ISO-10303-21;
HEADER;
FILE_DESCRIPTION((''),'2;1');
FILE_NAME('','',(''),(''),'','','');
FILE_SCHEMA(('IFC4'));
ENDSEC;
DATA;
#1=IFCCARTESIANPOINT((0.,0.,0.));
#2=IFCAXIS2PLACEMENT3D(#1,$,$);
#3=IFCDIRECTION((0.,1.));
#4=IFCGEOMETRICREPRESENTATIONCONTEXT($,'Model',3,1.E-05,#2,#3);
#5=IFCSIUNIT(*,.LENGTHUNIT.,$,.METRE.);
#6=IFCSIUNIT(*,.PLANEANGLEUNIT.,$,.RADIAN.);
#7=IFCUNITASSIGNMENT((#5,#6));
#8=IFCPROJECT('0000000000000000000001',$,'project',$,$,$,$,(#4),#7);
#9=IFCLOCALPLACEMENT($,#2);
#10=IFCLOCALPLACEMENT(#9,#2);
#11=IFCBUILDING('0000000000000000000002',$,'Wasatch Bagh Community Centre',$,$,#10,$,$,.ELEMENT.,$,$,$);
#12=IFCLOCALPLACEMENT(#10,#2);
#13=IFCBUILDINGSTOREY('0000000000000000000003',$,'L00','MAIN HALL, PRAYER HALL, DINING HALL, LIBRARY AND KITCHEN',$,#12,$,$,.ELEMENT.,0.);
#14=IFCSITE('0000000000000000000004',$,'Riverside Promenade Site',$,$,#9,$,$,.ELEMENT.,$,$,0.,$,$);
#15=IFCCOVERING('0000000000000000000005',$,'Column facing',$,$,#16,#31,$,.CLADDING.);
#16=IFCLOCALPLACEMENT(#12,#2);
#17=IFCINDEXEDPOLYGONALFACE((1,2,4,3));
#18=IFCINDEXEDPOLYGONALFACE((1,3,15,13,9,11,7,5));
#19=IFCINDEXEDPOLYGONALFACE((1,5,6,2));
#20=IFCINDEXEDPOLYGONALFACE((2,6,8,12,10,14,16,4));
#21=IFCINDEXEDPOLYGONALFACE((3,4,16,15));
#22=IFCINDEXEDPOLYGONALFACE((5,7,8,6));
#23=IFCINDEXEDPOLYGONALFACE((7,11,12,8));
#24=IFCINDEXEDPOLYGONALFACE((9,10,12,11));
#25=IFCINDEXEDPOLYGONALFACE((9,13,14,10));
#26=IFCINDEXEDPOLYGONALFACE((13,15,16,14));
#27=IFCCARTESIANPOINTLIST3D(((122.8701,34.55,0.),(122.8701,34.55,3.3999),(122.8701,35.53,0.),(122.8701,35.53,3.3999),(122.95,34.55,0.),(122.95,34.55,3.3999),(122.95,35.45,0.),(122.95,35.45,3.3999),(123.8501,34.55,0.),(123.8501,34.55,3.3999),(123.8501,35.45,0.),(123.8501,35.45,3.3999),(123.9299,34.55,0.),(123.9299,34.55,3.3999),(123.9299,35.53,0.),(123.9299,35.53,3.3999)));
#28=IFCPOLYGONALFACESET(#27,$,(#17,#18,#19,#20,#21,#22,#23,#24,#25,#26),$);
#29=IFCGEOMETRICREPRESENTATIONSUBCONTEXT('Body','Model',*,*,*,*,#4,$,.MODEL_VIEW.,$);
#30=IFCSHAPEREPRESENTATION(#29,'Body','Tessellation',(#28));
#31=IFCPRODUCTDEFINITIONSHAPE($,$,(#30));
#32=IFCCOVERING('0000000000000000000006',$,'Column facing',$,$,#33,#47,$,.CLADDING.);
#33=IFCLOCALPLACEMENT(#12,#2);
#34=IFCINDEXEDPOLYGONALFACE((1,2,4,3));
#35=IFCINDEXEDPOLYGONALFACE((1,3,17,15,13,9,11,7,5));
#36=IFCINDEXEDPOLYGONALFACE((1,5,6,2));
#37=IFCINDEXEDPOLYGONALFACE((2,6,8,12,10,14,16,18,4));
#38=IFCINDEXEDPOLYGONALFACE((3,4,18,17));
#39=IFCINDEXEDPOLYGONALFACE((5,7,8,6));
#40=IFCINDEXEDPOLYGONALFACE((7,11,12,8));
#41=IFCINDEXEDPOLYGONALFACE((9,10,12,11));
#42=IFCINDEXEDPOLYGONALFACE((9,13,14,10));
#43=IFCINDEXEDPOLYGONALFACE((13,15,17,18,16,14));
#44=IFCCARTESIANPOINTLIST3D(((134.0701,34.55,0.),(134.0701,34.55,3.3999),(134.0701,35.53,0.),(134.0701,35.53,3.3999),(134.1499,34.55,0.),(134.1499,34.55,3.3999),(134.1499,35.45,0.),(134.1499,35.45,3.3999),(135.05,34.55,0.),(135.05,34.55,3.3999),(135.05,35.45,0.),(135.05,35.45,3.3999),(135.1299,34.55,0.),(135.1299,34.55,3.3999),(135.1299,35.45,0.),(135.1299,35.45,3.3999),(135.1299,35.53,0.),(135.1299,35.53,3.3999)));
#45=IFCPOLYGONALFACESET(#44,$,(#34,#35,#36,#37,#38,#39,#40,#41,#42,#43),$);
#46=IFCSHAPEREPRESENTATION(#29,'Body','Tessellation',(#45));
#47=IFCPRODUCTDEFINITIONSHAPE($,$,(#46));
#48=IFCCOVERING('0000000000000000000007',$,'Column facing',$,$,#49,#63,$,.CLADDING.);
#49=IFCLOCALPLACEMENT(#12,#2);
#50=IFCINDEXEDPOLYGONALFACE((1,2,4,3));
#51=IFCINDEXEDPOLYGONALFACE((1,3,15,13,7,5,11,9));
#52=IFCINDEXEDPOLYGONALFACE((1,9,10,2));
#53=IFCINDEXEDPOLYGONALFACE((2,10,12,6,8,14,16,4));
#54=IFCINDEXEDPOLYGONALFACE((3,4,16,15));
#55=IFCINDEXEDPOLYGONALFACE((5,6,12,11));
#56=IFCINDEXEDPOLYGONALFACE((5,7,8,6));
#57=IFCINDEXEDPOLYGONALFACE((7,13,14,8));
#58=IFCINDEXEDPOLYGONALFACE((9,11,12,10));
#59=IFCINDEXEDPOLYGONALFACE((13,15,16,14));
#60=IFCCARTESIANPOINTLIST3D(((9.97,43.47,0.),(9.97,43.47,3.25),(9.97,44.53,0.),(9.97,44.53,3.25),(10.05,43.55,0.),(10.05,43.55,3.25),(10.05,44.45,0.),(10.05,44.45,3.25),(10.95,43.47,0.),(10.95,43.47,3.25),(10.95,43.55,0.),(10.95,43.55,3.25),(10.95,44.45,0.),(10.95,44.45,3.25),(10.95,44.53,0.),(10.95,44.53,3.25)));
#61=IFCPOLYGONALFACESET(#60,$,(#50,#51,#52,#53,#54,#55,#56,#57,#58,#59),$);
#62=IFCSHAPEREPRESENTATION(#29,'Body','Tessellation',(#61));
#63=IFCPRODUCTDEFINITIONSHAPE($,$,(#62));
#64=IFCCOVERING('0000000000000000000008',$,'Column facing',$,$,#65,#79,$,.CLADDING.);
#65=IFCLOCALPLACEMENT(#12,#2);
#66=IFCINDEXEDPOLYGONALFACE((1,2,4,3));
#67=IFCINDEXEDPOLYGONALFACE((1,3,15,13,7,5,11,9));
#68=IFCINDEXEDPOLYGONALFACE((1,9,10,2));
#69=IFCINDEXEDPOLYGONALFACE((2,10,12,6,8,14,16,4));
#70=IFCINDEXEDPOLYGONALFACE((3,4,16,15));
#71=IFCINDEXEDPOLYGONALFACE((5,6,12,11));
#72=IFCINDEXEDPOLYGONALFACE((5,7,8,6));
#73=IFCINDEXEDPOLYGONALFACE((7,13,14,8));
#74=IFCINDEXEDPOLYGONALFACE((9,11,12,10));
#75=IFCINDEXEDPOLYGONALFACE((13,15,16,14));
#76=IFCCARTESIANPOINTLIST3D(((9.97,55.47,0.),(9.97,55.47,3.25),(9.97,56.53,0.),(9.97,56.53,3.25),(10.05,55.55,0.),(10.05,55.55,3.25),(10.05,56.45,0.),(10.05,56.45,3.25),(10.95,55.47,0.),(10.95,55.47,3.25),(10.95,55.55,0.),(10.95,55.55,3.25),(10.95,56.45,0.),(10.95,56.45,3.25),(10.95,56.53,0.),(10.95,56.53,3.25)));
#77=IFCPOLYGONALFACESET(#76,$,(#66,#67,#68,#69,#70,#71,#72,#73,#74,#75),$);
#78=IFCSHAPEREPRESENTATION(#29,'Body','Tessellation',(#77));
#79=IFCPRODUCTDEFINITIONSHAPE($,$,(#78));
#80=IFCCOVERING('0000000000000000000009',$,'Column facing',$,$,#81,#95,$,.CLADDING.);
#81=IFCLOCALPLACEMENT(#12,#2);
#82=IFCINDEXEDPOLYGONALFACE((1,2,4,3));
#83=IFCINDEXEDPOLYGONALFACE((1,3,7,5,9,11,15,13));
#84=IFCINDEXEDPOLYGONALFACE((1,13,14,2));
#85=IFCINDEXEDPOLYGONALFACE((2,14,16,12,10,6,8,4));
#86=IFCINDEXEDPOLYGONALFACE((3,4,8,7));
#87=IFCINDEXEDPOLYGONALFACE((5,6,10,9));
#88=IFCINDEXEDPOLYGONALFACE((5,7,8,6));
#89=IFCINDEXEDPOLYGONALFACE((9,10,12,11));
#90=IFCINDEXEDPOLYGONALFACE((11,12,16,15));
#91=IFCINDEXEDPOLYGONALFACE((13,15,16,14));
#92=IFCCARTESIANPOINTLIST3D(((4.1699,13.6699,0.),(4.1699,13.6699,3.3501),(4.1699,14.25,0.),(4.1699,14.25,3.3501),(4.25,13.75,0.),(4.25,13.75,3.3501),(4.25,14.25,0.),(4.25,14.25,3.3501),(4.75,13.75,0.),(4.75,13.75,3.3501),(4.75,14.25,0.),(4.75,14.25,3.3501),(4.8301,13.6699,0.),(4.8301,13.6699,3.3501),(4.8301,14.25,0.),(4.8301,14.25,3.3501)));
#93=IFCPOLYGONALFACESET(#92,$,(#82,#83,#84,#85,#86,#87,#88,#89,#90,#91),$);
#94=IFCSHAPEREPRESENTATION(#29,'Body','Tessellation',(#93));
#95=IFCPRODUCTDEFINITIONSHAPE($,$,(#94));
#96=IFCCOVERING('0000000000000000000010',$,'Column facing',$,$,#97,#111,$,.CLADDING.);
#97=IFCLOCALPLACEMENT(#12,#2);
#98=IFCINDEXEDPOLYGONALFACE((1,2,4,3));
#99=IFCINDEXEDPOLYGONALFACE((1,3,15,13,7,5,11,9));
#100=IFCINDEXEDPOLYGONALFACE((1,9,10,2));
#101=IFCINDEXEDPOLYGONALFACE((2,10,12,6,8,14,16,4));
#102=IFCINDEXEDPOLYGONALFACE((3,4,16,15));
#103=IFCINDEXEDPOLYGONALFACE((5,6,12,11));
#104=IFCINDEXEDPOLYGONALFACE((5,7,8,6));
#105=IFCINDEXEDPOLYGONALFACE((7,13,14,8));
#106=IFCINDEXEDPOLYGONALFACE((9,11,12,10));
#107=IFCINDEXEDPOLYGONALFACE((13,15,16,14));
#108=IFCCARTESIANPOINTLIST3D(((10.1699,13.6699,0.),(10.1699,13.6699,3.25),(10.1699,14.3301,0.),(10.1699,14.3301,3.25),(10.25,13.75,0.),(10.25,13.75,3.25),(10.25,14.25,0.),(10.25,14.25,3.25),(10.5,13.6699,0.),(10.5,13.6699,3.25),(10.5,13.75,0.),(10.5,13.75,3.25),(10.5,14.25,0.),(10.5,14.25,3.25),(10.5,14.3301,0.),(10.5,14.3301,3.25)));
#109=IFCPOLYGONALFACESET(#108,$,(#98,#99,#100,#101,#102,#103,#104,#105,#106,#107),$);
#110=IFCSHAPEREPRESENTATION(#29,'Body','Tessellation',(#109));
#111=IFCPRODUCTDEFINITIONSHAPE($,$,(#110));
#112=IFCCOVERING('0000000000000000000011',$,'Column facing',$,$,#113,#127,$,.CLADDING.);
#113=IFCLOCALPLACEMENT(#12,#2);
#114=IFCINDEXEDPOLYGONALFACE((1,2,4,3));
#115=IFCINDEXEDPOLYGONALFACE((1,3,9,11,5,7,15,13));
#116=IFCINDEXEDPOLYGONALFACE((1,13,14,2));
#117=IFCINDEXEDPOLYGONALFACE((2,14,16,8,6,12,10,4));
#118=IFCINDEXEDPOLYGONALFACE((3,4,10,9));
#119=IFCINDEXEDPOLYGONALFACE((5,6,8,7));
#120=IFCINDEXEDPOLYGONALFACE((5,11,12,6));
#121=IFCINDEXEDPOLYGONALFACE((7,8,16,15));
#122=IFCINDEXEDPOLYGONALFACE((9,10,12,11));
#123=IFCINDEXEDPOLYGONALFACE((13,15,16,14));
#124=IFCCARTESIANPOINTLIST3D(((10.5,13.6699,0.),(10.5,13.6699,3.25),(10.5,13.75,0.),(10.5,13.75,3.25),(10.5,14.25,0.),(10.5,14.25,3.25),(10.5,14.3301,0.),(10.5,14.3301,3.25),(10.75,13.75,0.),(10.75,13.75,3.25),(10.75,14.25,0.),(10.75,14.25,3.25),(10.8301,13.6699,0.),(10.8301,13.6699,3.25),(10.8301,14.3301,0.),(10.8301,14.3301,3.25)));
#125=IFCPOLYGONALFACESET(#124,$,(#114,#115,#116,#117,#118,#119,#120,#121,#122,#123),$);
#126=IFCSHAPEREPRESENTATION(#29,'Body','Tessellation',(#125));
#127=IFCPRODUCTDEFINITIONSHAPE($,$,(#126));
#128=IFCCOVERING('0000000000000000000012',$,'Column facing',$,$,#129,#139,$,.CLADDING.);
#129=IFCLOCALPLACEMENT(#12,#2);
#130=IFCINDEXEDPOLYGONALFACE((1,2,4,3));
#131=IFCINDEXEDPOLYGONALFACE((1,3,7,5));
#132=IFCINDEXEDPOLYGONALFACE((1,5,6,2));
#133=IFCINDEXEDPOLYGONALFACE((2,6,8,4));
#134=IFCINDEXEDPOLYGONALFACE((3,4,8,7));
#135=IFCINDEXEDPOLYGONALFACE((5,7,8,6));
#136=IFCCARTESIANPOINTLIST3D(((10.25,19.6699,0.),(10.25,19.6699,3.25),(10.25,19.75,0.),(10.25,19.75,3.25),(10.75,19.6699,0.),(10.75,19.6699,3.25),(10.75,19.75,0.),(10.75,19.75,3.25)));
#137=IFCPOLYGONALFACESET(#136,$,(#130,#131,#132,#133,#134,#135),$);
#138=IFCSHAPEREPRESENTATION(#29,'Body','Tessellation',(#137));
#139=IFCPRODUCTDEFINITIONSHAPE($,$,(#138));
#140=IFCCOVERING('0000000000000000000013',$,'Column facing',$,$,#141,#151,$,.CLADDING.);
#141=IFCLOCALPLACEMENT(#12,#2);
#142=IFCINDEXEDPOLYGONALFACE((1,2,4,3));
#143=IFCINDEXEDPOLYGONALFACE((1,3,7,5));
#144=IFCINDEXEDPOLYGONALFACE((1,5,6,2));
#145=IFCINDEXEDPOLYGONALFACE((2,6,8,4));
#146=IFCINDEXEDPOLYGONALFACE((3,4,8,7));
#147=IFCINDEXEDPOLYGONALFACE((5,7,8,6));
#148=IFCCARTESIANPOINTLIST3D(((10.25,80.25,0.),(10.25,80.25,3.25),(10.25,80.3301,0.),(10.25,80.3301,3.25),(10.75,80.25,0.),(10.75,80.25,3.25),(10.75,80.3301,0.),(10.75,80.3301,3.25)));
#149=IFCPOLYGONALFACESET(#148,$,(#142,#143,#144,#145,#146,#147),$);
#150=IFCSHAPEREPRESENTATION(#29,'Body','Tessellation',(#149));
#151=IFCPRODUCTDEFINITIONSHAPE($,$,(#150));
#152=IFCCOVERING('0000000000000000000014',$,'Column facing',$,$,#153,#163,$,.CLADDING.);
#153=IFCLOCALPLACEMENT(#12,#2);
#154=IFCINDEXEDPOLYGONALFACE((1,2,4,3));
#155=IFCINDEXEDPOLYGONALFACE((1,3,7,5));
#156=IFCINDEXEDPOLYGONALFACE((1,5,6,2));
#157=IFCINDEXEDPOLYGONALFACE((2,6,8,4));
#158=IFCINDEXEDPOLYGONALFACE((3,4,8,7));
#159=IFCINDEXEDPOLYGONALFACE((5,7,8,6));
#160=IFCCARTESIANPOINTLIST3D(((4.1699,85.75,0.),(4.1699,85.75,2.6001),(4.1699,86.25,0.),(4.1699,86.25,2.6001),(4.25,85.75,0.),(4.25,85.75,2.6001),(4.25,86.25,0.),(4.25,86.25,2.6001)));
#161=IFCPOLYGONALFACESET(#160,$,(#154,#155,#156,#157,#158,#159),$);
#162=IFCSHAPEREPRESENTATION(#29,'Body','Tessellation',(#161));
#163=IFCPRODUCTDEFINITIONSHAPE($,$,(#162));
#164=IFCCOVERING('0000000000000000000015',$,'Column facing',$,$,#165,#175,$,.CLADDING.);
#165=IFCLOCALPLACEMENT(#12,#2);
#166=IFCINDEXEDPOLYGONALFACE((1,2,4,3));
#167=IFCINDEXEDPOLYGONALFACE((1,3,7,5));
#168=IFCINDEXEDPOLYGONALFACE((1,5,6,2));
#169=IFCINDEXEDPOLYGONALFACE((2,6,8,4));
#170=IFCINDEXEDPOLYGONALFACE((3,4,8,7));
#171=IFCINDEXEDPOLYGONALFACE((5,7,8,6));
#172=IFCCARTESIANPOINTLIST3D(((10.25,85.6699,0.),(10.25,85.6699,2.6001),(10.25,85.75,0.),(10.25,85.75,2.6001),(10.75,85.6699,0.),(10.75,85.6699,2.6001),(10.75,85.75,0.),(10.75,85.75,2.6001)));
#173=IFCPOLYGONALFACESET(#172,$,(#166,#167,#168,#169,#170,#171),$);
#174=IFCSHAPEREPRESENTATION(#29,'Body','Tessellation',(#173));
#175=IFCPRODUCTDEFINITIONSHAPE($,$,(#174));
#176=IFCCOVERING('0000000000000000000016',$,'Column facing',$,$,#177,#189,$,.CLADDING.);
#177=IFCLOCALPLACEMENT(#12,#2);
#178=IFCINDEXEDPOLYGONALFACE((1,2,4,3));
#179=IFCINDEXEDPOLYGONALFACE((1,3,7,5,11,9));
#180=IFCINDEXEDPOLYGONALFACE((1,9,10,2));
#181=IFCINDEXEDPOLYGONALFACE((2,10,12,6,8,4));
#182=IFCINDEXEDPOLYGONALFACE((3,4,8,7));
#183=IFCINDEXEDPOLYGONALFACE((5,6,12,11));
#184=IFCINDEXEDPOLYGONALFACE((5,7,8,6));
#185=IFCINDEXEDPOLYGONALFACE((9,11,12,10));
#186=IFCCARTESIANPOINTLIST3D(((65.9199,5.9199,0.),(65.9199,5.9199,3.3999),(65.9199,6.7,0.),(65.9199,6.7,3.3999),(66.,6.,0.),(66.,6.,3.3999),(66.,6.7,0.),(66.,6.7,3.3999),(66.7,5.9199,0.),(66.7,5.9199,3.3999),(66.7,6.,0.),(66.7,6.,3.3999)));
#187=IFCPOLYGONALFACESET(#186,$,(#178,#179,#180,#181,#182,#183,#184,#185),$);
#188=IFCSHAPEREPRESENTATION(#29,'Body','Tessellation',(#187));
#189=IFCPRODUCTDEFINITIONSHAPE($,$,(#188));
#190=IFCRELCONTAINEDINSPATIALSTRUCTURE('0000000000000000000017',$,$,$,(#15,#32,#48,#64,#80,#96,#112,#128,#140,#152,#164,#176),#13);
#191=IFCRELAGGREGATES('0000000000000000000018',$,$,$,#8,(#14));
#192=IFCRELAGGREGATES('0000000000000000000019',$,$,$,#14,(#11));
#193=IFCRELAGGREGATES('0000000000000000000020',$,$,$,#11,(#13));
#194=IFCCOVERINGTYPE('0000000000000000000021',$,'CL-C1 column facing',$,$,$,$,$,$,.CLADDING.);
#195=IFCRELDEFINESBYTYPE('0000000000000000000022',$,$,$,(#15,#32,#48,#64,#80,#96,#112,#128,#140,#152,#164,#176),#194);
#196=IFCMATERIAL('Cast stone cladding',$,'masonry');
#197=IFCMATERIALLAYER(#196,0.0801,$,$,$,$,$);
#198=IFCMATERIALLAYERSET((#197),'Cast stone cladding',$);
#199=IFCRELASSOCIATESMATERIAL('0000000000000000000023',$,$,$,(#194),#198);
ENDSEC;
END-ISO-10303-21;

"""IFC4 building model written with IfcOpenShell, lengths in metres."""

from ifc_helpers import new_model, si_unit, direction, origin, place, context, subcontext, project, spatial, polyline, outline, extrude, material, layer, layer_set, type_object, element, save


model = new_model("IFC4")

# Units and contexts
model_context = context("Model", 3, precision=1e-05, world=origin(), true_north=direction((0.0, 1.0)))
body_context = subcontext(model_context, "Body", "Model", "MODEL_VIEW")
ifc_project = project(units=[si_unit("LENGTHUNIT", "METRE"), si_unit("PLANEANGLEUNIT", "RADIAN")], contexts=[model_context])

# Site, building, storey
site_placement = place(None, origin())
site = spatial("IfcSite", under=ifc_project, at=site_placement, Name="Riverside Promenade Site", CompositionType="ELEMENT", RefElevation=0.0)
building_placement = place(site_placement, origin())
building = spatial("IfcBuilding", under=site, at=building_placement, Name="Wasatch Bagh Community Centre", CompositionType="ELEMENT")
storey_placement = place(building_placement, origin())
storey = spatial("IfcBuildingStorey", under=building, at=storey_placement, Name="L00", Description="MAIN HALL, PRAYER HALL, DINING HALL, LIBRARY AND KITCHEN", CompositionType="ELEMENT", Elevation=0.0)

# Coverings
ifc_material = material(Name="Cast stone cladding", Category="masonry")
ifc_layer = layer(ifc_material, 0.0801)
ifc_layer_set = layer_set([ifc_layer], Name="Cast stone cladding")
covering_type = type_object("IfcCoveringType", Name="CL-C1 column facing", PredefinedType="CLADDING", material=ifc_layer_set)
covering_1_placement = place(storey_placement, origin())
element("IfcCovering", 1, at=covering_1_placement, inside=storey, type_object=covering_type, Name="Column facing", PredefinedType="CLADDING", context=body_context, shape_type="SweptSolid", body=[
    extrude(outline(polyline([(122.8701, 34.55), (122.8701, 35.53), (123.9299, 35.53), (123.9299, 34.55), (123.8501, 34.55), (123.8501, 35.45), (122.95, 35.45), (122.95, 34.55), (122.8701, 34.55)])), origin(), (0.0, 0.0, 1.0), 3.3999),
])
covering_2_placement = place(storey_placement, origin())
element("IfcCovering", 2, at=covering_2_placement, inside=storey, type_object=covering_type, Name="Column facing", PredefinedType="CLADDING", context=body_context, shape_type="SweptSolid", body=[
    extrude(outline(polyline([(134.0701, 34.55), (134.0701, 35.53), (135.1299, 35.53), (135.1299, 35.45), (135.1299, 34.55), (135.05, 34.55), (135.05, 35.45), (134.1499, 35.45), (134.1499, 34.55), (134.0701, 34.55)])), origin(), (0.0, 0.0, 1.0), 3.3999),
])
covering_3_placement = place(storey_placement, origin())
element("IfcCovering", 3, at=covering_3_placement, inside=storey, type_object=covering_type, Name="Column facing", PredefinedType="CLADDING", context=body_context, shape_type="SweptSolid", body=[
    extrude(outline(polyline([(9.97, 43.47), (9.97, 44.53), (10.95, 44.53), (10.95, 44.45), (10.05, 44.45), (10.05, 43.55), (10.95, 43.55), (10.95, 43.47), (9.97, 43.47)])), origin(), (0.0, 0.0, 1.0), 3.25),
])
covering_4_placement = place(storey_placement, origin())
element("IfcCovering", 4, at=covering_4_placement, inside=storey, type_object=covering_type, Name="Column facing", PredefinedType="CLADDING", context=body_context, shape_type="SweptSolid", body=[
    extrude(outline(polyline([(9.97, 55.47), (9.97, 56.53), (10.95, 56.53), (10.95, 56.45), (10.05, 56.45), (10.05, 55.55), (10.95, 55.55), (10.95, 55.47), (9.97, 55.47)])), origin(), (0.0, 0.0, 1.0), 3.25),
])
covering_5_placement = place(storey_placement, origin())
element("IfcCovering", 5, at=covering_5_placement, inside=storey, type_object=covering_type, Name="Column facing", PredefinedType="CLADDING", context=body_context, shape_type="SweptSolid", body=[
    extrude(outline(polyline([(4.1699, 13.6699), (4.1699, 14.25), (4.25, 14.25), (4.25, 13.75), (4.75, 13.75), (4.75, 14.25), (4.8301, 14.25), (4.8301, 13.6699), (4.1699, 13.6699)])), origin(), (0.0, 0.0, 1.0), 3.3501),
])
covering_6_placement = place(storey_placement, origin())
element("IfcCovering", 6, at=covering_6_placement, inside=storey, type_object=covering_type, Name="Column facing", PredefinedType="CLADDING", context=body_context, shape_type="SweptSolid", body=[
    extrude(outline(polyline([(10.5, 14.3301), (10.5, 14.25), (10.25, 14.25), (10.25, 13.75), (10.5, 13.75), (10.5, 13.6699), (10.1699, 13.6699), (10.1699, 14.3301), (10.5, 14.3301)])), origin(), (0.0, 0.0, 1.0), 3.25),
])
covering_7_placement = place(storey_placement, origin())
element("IfcCovering", 7, at=covering_7_placement, inside=storey, type_object=covering_type, Name="Column facing", PredefinedType="CLADDING", context=body_context, shape_type="SweptSolid", body=[
    extrude(outline(polyline([(10.8301, 14.3301), (10.8301, 13.6699), (10.5, 13.6699), (10.5, 13.75), (10.75, 13.75), (10.75, 14.25), (10.5, 14.25), (10.5, 14.3301), (10.8301, 14.3301)])), origin(), (0.0, 0.0, 1.0), 3.25),
])
covering_8_placement = place(storey_placement, origin())
element("IfcCovering", 8, at=covering_8_placement, inside=storey, type_object=covering_type, Name="Column facing", PredefinedType="CLADDING", context=body_context, shape_type="SweptSolid", body=[
    extrude(outline(polyline([(10.25, 19.75), (10.75, 19.75), (10.75, 19.6699), (10.25, 19.6699), (10.25, 19.75)])), origin(), (0.0, 0.0, 1.0), 3.25),
])
covering_9_placement = place(storey_placement, origin())
element("IfcCovering", 9, at=covering_9_placement, inside=storey, type_object=covering_type, Name="Column facing", PredefinedType="CLADDING", context=body_context, shape_type="SweptSolid", body=[
    extrude(outline(polyline([(10.75, 80.25), (10.25, 80.25), (10.25, 80.3301), (10.75, 80.3301), (10.75, 80.25)])), origin(), (0.0, 0.0, 1.0), 3.25),
])
covering_10_placement = place(storey_placement, origin())
element("IfcCovering", 10, at=covering_10_placement, inside=storey, type_object=covering_type, Name="Column facing", PredefinedType="CLADDING", context=body_context, shape_type="SweptSolid", body=[
    extrude(outline(polyline([(4.25, 86.25), (4.25, 85.75), (4.1699, 85.75), (4.1699, 86.25), (4.25, 86.25)])), origin(), (0.0, 0.0, 1.0), 2.6001),
])
covering_11_placement = place(storey_placement, origin())
element("IfcCovering", 11, at=covering_11_placement, inside=storey, type_object=covering_type, Name="Column facing", PredefinedType="CLADDING", context=body_context, shape_type="SweptSolid", body=[
    extrude(outline(polyline([(10.25, 85.75), (10.75, 85.75), (10.75, 85.6699), (10.25, 85.6699), (10.25, 85.75)])), origin(), (0.0, 0.0, 1.0), 2.6001),
])
covering_12_placement = place(storey_placement, origin())
element("IfcCovering", 12, at=covering_12_placement, inside=storey, type_object=covering_type, Name="Column facing", PredefinedType="CLADDING", context=body_context, shape_type="SweptSolid", body=[
    extrude(outline(polyline([(65.9199, 5.9199), (65.9199, 6.7), (66.0, 6.7), (66.0, 6.0), (66.7, 6.0), (66.7, 5.9199), (65.9199, 5.9199)])), origin(), (0.0, 0.0, 1.0), 3.3999),
])

save(model, "model.ifc")
